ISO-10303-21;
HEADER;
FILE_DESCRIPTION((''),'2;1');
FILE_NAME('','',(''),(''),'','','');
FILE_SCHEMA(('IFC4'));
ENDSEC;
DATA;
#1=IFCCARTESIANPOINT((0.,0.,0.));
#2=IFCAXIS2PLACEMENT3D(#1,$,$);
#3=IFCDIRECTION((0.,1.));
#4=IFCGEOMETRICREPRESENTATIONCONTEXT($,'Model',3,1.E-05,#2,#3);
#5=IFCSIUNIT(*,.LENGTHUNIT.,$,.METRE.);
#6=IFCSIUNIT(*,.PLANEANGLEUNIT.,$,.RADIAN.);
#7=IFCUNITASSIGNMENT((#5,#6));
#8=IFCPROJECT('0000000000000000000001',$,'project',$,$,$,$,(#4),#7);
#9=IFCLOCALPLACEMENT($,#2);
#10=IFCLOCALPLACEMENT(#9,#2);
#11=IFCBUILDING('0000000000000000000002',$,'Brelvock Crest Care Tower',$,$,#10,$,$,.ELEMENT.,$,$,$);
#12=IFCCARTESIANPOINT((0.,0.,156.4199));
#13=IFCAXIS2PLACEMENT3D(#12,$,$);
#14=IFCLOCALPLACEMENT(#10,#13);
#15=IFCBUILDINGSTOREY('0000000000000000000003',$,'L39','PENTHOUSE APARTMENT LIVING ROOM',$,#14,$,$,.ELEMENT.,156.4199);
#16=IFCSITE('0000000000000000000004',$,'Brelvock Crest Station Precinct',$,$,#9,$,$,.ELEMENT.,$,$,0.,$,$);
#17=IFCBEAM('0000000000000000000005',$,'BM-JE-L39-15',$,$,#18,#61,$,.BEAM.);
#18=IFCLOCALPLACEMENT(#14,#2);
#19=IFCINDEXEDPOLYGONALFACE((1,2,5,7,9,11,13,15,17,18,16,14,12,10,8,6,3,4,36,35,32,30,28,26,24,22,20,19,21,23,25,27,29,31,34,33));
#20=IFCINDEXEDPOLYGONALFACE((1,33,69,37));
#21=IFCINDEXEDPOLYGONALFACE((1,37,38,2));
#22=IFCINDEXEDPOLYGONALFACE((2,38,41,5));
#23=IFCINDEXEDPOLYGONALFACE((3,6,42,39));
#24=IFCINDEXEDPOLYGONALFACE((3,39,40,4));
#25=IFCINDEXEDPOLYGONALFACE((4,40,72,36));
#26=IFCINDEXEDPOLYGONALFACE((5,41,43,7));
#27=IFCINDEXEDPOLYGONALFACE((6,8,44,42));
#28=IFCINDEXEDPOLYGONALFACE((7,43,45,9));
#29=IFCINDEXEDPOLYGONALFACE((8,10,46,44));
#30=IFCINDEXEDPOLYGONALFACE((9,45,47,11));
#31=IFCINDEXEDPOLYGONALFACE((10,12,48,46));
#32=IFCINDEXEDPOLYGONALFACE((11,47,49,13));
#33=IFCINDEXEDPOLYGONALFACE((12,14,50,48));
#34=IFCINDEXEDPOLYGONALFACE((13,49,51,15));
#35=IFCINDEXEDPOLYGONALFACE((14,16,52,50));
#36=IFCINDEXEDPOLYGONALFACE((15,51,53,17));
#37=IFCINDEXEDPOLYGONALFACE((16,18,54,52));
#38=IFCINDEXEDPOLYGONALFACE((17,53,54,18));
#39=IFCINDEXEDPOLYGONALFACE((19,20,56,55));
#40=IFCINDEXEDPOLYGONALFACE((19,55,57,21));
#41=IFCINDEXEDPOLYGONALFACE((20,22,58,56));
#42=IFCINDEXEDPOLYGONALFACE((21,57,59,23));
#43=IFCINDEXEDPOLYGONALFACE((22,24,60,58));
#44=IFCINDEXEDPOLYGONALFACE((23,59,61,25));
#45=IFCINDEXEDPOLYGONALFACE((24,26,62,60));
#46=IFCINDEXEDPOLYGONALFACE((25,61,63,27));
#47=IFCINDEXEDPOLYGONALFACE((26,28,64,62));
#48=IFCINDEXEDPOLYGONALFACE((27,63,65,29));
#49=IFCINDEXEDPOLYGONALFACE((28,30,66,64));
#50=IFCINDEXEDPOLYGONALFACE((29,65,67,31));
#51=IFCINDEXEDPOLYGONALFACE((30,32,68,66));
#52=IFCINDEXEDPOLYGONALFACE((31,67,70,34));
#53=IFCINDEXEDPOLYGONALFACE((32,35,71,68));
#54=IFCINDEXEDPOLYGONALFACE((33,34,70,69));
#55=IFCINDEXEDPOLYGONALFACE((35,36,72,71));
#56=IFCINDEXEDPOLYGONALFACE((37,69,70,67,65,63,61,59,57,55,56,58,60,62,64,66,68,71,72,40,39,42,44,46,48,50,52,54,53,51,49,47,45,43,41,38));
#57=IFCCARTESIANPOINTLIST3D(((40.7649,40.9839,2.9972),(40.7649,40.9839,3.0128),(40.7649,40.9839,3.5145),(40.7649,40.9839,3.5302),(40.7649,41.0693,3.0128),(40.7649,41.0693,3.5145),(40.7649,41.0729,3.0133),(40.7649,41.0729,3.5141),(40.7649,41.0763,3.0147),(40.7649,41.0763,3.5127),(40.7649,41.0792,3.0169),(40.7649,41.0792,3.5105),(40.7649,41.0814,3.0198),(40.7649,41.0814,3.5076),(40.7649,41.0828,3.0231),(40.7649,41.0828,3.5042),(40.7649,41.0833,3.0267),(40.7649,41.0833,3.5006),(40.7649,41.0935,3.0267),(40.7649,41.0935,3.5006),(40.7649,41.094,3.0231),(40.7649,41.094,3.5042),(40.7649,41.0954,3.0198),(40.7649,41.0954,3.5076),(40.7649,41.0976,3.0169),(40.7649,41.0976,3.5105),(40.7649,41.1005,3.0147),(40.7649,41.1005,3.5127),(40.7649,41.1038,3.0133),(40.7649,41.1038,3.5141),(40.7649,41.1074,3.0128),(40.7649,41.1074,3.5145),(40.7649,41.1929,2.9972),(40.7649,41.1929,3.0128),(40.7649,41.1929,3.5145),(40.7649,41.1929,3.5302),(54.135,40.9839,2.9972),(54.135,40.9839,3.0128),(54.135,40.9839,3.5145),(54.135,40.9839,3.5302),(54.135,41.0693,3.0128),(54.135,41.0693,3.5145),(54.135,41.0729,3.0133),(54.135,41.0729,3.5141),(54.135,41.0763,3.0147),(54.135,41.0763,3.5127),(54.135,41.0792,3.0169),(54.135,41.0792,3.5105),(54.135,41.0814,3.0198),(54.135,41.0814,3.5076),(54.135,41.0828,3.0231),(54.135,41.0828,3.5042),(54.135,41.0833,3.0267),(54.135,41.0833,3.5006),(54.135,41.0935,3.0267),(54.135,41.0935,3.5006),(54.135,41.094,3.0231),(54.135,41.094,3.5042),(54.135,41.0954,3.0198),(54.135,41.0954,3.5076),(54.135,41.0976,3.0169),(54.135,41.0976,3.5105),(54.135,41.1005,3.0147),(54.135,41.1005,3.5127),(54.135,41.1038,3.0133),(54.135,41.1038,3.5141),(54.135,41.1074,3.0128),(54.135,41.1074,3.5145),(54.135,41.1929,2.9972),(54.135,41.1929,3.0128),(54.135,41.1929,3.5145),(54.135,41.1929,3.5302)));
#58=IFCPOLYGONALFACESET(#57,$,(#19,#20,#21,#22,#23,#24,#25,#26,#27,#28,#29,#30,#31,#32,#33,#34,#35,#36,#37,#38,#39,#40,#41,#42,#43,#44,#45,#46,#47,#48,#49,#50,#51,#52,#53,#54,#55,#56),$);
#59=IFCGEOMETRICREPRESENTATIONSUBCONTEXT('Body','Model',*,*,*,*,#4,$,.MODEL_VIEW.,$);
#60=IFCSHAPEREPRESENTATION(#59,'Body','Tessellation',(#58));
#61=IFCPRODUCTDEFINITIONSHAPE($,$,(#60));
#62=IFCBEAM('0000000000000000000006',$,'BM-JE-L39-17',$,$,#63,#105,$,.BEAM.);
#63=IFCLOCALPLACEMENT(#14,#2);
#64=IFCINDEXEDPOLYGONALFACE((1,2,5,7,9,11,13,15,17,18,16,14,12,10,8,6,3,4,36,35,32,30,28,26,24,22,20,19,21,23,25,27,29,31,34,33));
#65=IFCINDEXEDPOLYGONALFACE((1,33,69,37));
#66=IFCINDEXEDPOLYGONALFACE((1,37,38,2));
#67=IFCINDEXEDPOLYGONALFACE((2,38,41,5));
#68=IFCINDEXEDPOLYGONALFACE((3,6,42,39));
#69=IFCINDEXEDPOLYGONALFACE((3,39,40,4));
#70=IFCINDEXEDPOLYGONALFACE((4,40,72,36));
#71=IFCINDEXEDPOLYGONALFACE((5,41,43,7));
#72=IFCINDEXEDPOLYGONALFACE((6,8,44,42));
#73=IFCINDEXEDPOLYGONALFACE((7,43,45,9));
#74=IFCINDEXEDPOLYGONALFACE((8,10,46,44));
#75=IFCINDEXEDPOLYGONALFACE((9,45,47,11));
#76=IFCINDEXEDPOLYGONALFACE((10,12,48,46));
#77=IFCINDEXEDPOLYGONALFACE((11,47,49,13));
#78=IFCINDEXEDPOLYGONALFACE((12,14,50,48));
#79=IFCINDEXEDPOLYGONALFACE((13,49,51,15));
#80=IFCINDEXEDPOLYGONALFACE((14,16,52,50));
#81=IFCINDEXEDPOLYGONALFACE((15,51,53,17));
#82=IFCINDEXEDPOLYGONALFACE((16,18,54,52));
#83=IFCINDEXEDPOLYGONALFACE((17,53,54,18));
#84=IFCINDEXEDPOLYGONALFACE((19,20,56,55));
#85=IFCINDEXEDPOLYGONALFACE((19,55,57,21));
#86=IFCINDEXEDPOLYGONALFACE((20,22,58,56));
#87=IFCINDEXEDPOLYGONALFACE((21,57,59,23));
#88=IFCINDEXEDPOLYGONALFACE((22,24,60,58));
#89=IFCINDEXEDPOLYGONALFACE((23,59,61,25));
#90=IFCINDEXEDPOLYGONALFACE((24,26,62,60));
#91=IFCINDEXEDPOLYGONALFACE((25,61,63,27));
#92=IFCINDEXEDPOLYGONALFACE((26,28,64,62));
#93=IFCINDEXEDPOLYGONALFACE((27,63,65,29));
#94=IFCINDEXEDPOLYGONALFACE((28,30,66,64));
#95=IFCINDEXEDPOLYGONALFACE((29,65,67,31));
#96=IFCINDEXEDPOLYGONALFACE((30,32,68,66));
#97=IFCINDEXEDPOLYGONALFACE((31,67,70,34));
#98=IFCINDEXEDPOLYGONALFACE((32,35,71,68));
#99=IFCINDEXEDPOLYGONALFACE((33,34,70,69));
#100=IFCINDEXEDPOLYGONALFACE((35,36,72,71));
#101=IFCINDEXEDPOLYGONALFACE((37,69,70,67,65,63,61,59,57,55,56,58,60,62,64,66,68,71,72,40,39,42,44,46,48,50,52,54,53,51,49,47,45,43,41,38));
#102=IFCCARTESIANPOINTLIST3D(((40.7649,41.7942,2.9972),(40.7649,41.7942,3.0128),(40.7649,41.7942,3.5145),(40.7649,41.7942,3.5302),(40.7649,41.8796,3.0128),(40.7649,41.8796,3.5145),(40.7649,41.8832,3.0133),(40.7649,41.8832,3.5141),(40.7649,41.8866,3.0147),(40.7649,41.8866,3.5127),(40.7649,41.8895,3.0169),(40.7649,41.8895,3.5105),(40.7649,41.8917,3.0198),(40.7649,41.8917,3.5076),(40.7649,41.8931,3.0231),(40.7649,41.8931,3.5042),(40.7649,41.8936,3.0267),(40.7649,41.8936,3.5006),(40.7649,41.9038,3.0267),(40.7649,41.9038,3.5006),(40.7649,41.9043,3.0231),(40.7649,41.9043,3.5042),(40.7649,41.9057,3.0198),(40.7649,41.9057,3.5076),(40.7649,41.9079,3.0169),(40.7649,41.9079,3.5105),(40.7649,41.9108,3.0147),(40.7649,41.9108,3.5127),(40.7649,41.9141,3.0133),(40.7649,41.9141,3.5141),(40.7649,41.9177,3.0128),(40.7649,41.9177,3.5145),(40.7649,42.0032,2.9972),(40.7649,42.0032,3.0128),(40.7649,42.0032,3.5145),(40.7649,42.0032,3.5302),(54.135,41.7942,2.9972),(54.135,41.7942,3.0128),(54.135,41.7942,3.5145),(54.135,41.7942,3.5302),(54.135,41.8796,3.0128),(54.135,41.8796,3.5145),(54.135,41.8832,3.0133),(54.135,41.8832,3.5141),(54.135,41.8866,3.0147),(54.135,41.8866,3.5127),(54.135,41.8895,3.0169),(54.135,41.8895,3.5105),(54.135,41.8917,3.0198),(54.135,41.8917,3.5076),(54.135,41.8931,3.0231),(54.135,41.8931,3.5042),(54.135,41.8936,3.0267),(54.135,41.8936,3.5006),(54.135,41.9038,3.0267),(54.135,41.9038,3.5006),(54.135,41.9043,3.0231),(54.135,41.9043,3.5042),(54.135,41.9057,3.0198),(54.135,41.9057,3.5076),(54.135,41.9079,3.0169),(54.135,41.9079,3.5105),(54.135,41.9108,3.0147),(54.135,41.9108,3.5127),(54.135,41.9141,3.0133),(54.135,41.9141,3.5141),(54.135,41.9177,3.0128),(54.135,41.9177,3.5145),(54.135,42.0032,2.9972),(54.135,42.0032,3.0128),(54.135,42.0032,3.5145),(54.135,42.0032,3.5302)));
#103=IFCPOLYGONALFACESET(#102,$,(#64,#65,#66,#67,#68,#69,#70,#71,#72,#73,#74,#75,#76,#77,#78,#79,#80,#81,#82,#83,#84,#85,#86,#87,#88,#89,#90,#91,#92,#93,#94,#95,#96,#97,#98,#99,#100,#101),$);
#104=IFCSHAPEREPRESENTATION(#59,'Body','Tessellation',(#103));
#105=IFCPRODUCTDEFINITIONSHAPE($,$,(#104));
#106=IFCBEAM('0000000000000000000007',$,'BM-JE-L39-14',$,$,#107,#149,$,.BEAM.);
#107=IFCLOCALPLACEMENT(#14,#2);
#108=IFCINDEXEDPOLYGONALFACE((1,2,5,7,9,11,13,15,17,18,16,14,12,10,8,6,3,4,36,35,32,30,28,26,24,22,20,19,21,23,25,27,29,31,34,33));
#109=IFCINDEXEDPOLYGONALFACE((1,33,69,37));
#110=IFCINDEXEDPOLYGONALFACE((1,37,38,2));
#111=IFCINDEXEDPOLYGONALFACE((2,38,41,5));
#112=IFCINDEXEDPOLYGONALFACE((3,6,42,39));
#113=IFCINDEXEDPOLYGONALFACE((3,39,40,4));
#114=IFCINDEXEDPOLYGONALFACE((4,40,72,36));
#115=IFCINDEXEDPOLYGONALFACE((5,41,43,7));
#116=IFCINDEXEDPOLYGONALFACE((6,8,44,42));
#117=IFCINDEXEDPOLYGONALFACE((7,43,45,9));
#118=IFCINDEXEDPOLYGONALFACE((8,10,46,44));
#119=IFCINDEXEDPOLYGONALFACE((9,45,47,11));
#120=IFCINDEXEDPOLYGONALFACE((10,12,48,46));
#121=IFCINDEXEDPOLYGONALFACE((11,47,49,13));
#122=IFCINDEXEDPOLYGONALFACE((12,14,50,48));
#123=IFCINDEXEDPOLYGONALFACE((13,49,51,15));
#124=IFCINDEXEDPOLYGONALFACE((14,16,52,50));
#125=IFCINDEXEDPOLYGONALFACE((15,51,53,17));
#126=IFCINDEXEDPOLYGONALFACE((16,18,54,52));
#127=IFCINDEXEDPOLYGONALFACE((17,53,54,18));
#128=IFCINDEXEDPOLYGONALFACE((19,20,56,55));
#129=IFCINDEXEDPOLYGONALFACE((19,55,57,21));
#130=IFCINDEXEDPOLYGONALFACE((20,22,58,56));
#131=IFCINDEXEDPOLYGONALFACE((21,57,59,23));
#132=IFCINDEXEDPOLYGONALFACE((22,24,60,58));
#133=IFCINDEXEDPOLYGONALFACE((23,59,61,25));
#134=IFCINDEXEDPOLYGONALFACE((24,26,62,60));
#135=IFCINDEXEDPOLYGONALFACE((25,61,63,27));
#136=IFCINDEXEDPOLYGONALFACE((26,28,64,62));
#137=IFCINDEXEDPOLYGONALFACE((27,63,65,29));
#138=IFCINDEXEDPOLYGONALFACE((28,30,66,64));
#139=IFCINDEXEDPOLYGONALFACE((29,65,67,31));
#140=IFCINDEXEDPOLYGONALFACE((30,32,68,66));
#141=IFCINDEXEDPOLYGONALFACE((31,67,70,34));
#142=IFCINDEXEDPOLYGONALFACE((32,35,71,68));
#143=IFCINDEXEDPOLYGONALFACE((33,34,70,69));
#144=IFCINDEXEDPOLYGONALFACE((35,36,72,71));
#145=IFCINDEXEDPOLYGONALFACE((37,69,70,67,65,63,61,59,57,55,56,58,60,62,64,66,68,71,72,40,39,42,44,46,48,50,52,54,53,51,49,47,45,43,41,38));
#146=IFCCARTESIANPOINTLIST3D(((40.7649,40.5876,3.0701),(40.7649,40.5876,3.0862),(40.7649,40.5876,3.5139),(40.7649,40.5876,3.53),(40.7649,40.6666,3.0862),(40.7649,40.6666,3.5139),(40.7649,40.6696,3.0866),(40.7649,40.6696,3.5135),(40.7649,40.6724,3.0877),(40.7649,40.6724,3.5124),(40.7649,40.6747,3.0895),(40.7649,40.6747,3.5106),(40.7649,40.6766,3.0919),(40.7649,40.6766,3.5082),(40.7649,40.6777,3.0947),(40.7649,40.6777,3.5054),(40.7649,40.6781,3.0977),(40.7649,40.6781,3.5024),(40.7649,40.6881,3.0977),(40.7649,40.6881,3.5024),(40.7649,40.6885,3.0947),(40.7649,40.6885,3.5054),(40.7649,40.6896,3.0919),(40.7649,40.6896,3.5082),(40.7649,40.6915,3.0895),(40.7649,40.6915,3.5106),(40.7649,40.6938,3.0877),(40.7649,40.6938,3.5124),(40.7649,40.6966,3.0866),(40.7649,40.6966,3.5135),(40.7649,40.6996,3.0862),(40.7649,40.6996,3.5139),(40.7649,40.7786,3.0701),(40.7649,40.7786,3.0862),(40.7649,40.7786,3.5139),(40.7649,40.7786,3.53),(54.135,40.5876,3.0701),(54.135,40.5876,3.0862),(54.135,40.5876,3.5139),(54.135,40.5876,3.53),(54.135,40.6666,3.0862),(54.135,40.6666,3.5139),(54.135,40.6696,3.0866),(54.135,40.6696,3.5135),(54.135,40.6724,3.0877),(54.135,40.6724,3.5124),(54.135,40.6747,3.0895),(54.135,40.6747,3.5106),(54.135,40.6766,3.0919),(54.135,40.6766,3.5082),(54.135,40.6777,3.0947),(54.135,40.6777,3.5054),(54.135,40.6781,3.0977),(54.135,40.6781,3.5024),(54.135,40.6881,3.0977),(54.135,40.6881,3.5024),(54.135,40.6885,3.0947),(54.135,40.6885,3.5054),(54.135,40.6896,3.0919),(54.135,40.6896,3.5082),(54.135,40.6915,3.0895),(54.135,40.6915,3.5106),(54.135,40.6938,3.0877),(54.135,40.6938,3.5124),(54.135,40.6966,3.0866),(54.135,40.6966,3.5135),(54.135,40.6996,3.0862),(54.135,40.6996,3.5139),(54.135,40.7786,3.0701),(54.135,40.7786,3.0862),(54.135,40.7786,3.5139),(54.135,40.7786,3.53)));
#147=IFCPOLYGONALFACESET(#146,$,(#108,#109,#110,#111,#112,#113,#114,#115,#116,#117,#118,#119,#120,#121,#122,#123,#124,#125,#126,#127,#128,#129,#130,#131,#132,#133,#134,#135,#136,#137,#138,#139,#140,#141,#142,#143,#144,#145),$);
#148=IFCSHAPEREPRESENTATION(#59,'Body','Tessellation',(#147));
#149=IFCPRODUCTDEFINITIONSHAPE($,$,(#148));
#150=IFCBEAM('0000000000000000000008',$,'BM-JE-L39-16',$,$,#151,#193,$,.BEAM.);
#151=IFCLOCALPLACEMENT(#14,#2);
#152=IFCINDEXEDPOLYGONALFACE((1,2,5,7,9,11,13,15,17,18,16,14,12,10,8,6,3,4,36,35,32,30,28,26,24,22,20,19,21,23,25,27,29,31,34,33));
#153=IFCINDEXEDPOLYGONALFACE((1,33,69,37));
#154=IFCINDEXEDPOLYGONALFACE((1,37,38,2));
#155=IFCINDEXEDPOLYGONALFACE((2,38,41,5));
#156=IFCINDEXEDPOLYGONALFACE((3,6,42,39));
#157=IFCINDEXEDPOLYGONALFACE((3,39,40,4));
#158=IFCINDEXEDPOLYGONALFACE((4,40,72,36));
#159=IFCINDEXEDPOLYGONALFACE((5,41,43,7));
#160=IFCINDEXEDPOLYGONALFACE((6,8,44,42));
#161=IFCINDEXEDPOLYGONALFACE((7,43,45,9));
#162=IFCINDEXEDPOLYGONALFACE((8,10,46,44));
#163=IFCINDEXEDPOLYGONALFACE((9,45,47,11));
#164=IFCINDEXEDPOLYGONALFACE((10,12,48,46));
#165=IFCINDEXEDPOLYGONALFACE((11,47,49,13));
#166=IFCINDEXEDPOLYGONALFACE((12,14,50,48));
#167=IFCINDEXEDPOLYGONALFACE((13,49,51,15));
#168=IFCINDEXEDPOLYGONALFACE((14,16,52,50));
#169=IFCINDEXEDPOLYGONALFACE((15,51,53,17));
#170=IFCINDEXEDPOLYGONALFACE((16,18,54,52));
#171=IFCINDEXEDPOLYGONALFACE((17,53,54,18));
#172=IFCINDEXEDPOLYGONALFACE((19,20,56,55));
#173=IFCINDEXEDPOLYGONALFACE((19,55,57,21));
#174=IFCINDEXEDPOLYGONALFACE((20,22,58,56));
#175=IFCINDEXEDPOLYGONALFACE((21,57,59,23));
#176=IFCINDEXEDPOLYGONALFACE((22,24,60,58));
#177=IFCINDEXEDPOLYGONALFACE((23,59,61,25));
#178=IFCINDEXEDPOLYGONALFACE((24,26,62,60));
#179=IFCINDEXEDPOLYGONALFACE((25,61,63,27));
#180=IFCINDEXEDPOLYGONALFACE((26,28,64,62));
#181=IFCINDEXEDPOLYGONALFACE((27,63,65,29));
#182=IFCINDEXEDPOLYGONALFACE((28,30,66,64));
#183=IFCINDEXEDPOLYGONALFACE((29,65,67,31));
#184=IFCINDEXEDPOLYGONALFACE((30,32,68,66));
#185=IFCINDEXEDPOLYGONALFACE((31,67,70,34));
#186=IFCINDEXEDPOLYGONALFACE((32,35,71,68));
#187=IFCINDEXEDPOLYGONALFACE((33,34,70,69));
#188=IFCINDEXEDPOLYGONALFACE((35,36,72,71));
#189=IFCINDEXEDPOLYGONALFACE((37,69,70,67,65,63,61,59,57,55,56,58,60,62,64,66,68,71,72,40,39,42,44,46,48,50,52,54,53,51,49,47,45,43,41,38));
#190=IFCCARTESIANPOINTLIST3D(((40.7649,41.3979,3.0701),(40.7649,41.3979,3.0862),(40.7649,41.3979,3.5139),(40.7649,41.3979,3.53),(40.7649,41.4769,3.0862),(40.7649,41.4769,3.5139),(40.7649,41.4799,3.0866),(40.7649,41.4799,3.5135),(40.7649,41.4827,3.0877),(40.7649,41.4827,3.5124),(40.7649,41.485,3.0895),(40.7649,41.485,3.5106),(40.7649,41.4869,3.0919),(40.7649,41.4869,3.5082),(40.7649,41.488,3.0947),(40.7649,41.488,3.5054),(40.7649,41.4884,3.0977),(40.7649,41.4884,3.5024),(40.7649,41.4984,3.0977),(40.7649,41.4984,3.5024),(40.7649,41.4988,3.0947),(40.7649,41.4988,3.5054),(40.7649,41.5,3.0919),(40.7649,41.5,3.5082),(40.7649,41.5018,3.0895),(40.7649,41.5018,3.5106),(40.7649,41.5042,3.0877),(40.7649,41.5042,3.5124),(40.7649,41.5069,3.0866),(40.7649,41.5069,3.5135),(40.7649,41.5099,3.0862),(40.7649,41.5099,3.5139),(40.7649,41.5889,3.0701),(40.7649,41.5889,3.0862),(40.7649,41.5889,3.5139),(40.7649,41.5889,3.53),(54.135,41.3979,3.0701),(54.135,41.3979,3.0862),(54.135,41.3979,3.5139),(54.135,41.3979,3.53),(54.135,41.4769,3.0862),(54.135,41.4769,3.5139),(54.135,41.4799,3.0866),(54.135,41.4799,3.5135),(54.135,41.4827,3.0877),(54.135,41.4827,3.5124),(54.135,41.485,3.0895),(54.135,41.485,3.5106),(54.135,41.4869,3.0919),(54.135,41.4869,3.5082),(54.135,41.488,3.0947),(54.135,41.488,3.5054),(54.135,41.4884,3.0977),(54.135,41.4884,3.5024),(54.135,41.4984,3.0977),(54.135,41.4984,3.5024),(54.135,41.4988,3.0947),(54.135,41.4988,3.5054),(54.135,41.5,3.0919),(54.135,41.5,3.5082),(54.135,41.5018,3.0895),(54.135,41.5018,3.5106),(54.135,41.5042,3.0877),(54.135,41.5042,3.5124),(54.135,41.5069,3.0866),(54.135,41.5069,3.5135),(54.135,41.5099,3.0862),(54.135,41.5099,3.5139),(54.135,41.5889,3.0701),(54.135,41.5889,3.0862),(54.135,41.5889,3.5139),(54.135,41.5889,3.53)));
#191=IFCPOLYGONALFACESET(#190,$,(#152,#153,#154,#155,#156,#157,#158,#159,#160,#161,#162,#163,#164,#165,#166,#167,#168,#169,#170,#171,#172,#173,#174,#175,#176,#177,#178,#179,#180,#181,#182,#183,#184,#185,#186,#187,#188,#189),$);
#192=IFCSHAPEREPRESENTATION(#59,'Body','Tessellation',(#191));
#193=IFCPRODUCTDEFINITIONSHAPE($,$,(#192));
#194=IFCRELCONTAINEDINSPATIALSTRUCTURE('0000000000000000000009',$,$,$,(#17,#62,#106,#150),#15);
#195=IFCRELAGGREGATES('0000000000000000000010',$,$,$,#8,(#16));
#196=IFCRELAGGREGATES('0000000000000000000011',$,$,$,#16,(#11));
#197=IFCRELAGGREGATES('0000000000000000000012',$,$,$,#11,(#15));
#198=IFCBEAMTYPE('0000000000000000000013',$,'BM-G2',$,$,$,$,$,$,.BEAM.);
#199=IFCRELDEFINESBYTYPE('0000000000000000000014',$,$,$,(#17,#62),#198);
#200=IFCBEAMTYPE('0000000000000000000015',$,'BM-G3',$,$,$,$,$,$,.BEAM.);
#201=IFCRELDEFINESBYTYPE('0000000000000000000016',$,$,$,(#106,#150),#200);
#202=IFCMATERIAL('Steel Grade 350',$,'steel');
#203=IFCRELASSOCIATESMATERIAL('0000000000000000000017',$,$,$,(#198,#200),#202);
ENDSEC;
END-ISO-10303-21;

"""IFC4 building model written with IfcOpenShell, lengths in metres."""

from ifc_helpers import new_model, si_unit, direction, frame, origin, origin_2d, place, context, subcontext, project, spatial, i_section, extrude, source, transform, mapped, material, material_profile, profile_set, type_object, element, save


model = new_model("IFC4")

# Units and contexts
model_context = context("Model", 3, precision=1e-05, world=origin(), true_north=direction((0.0, 1.0)))
body_context = subcontext(model_context, "Body", "Model", "MODEL_VIEW")
ifc_project = project(units=[si_unit("LENGTHUNIT", "METRE"), si_unit("PLANEANGLEUNIT", "RADIAN")], contexts=[model_context])

# Site, building, storey
site_placement = place(None, origin())
site = spatial("IfcSite", under=ifc_project, at=site_placement, Name="Brelvock Crest Station Precinct", CompositionType="ELEMENT", RefElevation=0.0)
building_placement = place(site_placement, origin())
building = spatial("IfcBuilding", under=site, at=building_placement, Name="Brelvock Crest Care Tower", CompositionType="ELEMENT")
storey_placement = place(building_placement, frame((0.0, 0.0, 156.4199)))
storey = spatial("IfcBuildingStorey", under=building, at=storey_placement, Name="L39", Description="PENTHOUSE APARTMENT LIVING ROOM", CompositionType="ELEMENT", Elevation=156.4199)

# Beams
ifc_material_1 = material(Name="Steel Grade 350", Category="steel")
ifc_material_profile_1 = material_profile(ifc_material_1, i_section(OverallWidth=0.209, OverallDepth=0.533, WebThickness=0.0103, FlangeThickness=0.0156, FilletRadius=0.0139, at=origin_2d()), Name="530UB92.4")
ifc_profile_set_1 = profile_set([ifc_material_profile_1], Name="Steel Grade 350")
beam_type_1 = type_object("IfcBeamType", Name="BM-G2", PredefinedType="BEAM", material=ifc_profile_set_1)
shared_shape_1 = source(origin(), body_context, "Body", "SweptSolid", [
    extrude(i_section(OverallWidth=0.209, OverallDepth=0.533, WebThickness=0.0103, FlangeThickness=0.0156, FilletRadius=0.0139, at=origin_2d()), origin(), (0.0, 0.0, 1.0), 13.3701),
])
for number, where, z_axis, x_axis, name in (
    (1, (40.7649, 41.0884, 3.2637), (1.0, 0.0, 0.0), (0.0, 1.0, 0.0), "BM-JE-L39-15"),
    (2, (40.7649, 41.8987, 3.2637), (1.0, 0.0, 0.0), (0.0, 1.0, 0.0), "BM-JE-L39-17"),
):
    element("IfcBeam", number, at=place(storey_placement, frame(where, z_axis=z_axis, x_axis=x_axis)), inside=storey, type_object=beam_type_1, Name=name, PredefinedType="BEAM", context=body_context, shape_type="MappedRepresentation", body=[
        mapped(shared_shape_1, transform((0.0, 0.0, 0.0), x_axis=(1.0, 0.0, 0.0), y_axis=(0.0, 1.0, 0.0), z_axis=(0.0, 0.0, 1.0), scale=1.0)),
    ])
ifc_material_profile_2 = material_profile(ifc_material_1, i_section(OverallWidth=0.1909, OverallDepth=0.46, WebThickness=0.01, FlangeThickness=0.0161, FilletRadius=0.0115, at=origin_2d()), Name="460UB82.1")
ifc_profile_set_2 = profile_set([ifc_material_profile_2], Name="Steel Grade 350")
beam_type_2 = type_object("IfcBeamType", Name="BM-G3", PredefinedType="BEAM", material=ifc_profile_set_2)
shared_shape_2 = source(origin(), body_context, "Body", "SweptSolid", [
    extrude(i_section(OverallWidth=0.1909, OverallDepth=0.46, WebThickness=0.01, FlangeThickness=0.0161, FilletRadius=0.0115, at=origin_2d()), origin(), (0.0, 0.0, 1.0), 13.3701),
])
for number, where, z_axis, x_axis, name in (
    (3, (40.7649, 40.6831, 3.3), (1.0, 0.0, 0.0), (0.0, 1.0, 0.0), "BM-JE-L39-14"),
    (4, (40.7649, 41.4934, 3.3), (1.0, 0.0, 0.0), (0.0, 1.0, 0.0), "BM-JE-L39-16"),
):
    element("IfcBeam", number, at=place(storey_placement, frame(where, z_axis=z_axis, x_axis=x_axis)), inside=storey, type_object=beam_type_2, Name=name, PredefinedType="BEAM", context=body_context, shape_type="MappedRepresentation", body=[
        mapped(shared_shape_2, transform((0.0, 0.0, 0.0), x_axis=(1.0, 0.0, 0.0), y_axis=(0.0, 1.0, 0.0), z_axis=(0.0, 0.0, 1.0), scale=1.0)),
    ])

save(model, "model.ifc")
